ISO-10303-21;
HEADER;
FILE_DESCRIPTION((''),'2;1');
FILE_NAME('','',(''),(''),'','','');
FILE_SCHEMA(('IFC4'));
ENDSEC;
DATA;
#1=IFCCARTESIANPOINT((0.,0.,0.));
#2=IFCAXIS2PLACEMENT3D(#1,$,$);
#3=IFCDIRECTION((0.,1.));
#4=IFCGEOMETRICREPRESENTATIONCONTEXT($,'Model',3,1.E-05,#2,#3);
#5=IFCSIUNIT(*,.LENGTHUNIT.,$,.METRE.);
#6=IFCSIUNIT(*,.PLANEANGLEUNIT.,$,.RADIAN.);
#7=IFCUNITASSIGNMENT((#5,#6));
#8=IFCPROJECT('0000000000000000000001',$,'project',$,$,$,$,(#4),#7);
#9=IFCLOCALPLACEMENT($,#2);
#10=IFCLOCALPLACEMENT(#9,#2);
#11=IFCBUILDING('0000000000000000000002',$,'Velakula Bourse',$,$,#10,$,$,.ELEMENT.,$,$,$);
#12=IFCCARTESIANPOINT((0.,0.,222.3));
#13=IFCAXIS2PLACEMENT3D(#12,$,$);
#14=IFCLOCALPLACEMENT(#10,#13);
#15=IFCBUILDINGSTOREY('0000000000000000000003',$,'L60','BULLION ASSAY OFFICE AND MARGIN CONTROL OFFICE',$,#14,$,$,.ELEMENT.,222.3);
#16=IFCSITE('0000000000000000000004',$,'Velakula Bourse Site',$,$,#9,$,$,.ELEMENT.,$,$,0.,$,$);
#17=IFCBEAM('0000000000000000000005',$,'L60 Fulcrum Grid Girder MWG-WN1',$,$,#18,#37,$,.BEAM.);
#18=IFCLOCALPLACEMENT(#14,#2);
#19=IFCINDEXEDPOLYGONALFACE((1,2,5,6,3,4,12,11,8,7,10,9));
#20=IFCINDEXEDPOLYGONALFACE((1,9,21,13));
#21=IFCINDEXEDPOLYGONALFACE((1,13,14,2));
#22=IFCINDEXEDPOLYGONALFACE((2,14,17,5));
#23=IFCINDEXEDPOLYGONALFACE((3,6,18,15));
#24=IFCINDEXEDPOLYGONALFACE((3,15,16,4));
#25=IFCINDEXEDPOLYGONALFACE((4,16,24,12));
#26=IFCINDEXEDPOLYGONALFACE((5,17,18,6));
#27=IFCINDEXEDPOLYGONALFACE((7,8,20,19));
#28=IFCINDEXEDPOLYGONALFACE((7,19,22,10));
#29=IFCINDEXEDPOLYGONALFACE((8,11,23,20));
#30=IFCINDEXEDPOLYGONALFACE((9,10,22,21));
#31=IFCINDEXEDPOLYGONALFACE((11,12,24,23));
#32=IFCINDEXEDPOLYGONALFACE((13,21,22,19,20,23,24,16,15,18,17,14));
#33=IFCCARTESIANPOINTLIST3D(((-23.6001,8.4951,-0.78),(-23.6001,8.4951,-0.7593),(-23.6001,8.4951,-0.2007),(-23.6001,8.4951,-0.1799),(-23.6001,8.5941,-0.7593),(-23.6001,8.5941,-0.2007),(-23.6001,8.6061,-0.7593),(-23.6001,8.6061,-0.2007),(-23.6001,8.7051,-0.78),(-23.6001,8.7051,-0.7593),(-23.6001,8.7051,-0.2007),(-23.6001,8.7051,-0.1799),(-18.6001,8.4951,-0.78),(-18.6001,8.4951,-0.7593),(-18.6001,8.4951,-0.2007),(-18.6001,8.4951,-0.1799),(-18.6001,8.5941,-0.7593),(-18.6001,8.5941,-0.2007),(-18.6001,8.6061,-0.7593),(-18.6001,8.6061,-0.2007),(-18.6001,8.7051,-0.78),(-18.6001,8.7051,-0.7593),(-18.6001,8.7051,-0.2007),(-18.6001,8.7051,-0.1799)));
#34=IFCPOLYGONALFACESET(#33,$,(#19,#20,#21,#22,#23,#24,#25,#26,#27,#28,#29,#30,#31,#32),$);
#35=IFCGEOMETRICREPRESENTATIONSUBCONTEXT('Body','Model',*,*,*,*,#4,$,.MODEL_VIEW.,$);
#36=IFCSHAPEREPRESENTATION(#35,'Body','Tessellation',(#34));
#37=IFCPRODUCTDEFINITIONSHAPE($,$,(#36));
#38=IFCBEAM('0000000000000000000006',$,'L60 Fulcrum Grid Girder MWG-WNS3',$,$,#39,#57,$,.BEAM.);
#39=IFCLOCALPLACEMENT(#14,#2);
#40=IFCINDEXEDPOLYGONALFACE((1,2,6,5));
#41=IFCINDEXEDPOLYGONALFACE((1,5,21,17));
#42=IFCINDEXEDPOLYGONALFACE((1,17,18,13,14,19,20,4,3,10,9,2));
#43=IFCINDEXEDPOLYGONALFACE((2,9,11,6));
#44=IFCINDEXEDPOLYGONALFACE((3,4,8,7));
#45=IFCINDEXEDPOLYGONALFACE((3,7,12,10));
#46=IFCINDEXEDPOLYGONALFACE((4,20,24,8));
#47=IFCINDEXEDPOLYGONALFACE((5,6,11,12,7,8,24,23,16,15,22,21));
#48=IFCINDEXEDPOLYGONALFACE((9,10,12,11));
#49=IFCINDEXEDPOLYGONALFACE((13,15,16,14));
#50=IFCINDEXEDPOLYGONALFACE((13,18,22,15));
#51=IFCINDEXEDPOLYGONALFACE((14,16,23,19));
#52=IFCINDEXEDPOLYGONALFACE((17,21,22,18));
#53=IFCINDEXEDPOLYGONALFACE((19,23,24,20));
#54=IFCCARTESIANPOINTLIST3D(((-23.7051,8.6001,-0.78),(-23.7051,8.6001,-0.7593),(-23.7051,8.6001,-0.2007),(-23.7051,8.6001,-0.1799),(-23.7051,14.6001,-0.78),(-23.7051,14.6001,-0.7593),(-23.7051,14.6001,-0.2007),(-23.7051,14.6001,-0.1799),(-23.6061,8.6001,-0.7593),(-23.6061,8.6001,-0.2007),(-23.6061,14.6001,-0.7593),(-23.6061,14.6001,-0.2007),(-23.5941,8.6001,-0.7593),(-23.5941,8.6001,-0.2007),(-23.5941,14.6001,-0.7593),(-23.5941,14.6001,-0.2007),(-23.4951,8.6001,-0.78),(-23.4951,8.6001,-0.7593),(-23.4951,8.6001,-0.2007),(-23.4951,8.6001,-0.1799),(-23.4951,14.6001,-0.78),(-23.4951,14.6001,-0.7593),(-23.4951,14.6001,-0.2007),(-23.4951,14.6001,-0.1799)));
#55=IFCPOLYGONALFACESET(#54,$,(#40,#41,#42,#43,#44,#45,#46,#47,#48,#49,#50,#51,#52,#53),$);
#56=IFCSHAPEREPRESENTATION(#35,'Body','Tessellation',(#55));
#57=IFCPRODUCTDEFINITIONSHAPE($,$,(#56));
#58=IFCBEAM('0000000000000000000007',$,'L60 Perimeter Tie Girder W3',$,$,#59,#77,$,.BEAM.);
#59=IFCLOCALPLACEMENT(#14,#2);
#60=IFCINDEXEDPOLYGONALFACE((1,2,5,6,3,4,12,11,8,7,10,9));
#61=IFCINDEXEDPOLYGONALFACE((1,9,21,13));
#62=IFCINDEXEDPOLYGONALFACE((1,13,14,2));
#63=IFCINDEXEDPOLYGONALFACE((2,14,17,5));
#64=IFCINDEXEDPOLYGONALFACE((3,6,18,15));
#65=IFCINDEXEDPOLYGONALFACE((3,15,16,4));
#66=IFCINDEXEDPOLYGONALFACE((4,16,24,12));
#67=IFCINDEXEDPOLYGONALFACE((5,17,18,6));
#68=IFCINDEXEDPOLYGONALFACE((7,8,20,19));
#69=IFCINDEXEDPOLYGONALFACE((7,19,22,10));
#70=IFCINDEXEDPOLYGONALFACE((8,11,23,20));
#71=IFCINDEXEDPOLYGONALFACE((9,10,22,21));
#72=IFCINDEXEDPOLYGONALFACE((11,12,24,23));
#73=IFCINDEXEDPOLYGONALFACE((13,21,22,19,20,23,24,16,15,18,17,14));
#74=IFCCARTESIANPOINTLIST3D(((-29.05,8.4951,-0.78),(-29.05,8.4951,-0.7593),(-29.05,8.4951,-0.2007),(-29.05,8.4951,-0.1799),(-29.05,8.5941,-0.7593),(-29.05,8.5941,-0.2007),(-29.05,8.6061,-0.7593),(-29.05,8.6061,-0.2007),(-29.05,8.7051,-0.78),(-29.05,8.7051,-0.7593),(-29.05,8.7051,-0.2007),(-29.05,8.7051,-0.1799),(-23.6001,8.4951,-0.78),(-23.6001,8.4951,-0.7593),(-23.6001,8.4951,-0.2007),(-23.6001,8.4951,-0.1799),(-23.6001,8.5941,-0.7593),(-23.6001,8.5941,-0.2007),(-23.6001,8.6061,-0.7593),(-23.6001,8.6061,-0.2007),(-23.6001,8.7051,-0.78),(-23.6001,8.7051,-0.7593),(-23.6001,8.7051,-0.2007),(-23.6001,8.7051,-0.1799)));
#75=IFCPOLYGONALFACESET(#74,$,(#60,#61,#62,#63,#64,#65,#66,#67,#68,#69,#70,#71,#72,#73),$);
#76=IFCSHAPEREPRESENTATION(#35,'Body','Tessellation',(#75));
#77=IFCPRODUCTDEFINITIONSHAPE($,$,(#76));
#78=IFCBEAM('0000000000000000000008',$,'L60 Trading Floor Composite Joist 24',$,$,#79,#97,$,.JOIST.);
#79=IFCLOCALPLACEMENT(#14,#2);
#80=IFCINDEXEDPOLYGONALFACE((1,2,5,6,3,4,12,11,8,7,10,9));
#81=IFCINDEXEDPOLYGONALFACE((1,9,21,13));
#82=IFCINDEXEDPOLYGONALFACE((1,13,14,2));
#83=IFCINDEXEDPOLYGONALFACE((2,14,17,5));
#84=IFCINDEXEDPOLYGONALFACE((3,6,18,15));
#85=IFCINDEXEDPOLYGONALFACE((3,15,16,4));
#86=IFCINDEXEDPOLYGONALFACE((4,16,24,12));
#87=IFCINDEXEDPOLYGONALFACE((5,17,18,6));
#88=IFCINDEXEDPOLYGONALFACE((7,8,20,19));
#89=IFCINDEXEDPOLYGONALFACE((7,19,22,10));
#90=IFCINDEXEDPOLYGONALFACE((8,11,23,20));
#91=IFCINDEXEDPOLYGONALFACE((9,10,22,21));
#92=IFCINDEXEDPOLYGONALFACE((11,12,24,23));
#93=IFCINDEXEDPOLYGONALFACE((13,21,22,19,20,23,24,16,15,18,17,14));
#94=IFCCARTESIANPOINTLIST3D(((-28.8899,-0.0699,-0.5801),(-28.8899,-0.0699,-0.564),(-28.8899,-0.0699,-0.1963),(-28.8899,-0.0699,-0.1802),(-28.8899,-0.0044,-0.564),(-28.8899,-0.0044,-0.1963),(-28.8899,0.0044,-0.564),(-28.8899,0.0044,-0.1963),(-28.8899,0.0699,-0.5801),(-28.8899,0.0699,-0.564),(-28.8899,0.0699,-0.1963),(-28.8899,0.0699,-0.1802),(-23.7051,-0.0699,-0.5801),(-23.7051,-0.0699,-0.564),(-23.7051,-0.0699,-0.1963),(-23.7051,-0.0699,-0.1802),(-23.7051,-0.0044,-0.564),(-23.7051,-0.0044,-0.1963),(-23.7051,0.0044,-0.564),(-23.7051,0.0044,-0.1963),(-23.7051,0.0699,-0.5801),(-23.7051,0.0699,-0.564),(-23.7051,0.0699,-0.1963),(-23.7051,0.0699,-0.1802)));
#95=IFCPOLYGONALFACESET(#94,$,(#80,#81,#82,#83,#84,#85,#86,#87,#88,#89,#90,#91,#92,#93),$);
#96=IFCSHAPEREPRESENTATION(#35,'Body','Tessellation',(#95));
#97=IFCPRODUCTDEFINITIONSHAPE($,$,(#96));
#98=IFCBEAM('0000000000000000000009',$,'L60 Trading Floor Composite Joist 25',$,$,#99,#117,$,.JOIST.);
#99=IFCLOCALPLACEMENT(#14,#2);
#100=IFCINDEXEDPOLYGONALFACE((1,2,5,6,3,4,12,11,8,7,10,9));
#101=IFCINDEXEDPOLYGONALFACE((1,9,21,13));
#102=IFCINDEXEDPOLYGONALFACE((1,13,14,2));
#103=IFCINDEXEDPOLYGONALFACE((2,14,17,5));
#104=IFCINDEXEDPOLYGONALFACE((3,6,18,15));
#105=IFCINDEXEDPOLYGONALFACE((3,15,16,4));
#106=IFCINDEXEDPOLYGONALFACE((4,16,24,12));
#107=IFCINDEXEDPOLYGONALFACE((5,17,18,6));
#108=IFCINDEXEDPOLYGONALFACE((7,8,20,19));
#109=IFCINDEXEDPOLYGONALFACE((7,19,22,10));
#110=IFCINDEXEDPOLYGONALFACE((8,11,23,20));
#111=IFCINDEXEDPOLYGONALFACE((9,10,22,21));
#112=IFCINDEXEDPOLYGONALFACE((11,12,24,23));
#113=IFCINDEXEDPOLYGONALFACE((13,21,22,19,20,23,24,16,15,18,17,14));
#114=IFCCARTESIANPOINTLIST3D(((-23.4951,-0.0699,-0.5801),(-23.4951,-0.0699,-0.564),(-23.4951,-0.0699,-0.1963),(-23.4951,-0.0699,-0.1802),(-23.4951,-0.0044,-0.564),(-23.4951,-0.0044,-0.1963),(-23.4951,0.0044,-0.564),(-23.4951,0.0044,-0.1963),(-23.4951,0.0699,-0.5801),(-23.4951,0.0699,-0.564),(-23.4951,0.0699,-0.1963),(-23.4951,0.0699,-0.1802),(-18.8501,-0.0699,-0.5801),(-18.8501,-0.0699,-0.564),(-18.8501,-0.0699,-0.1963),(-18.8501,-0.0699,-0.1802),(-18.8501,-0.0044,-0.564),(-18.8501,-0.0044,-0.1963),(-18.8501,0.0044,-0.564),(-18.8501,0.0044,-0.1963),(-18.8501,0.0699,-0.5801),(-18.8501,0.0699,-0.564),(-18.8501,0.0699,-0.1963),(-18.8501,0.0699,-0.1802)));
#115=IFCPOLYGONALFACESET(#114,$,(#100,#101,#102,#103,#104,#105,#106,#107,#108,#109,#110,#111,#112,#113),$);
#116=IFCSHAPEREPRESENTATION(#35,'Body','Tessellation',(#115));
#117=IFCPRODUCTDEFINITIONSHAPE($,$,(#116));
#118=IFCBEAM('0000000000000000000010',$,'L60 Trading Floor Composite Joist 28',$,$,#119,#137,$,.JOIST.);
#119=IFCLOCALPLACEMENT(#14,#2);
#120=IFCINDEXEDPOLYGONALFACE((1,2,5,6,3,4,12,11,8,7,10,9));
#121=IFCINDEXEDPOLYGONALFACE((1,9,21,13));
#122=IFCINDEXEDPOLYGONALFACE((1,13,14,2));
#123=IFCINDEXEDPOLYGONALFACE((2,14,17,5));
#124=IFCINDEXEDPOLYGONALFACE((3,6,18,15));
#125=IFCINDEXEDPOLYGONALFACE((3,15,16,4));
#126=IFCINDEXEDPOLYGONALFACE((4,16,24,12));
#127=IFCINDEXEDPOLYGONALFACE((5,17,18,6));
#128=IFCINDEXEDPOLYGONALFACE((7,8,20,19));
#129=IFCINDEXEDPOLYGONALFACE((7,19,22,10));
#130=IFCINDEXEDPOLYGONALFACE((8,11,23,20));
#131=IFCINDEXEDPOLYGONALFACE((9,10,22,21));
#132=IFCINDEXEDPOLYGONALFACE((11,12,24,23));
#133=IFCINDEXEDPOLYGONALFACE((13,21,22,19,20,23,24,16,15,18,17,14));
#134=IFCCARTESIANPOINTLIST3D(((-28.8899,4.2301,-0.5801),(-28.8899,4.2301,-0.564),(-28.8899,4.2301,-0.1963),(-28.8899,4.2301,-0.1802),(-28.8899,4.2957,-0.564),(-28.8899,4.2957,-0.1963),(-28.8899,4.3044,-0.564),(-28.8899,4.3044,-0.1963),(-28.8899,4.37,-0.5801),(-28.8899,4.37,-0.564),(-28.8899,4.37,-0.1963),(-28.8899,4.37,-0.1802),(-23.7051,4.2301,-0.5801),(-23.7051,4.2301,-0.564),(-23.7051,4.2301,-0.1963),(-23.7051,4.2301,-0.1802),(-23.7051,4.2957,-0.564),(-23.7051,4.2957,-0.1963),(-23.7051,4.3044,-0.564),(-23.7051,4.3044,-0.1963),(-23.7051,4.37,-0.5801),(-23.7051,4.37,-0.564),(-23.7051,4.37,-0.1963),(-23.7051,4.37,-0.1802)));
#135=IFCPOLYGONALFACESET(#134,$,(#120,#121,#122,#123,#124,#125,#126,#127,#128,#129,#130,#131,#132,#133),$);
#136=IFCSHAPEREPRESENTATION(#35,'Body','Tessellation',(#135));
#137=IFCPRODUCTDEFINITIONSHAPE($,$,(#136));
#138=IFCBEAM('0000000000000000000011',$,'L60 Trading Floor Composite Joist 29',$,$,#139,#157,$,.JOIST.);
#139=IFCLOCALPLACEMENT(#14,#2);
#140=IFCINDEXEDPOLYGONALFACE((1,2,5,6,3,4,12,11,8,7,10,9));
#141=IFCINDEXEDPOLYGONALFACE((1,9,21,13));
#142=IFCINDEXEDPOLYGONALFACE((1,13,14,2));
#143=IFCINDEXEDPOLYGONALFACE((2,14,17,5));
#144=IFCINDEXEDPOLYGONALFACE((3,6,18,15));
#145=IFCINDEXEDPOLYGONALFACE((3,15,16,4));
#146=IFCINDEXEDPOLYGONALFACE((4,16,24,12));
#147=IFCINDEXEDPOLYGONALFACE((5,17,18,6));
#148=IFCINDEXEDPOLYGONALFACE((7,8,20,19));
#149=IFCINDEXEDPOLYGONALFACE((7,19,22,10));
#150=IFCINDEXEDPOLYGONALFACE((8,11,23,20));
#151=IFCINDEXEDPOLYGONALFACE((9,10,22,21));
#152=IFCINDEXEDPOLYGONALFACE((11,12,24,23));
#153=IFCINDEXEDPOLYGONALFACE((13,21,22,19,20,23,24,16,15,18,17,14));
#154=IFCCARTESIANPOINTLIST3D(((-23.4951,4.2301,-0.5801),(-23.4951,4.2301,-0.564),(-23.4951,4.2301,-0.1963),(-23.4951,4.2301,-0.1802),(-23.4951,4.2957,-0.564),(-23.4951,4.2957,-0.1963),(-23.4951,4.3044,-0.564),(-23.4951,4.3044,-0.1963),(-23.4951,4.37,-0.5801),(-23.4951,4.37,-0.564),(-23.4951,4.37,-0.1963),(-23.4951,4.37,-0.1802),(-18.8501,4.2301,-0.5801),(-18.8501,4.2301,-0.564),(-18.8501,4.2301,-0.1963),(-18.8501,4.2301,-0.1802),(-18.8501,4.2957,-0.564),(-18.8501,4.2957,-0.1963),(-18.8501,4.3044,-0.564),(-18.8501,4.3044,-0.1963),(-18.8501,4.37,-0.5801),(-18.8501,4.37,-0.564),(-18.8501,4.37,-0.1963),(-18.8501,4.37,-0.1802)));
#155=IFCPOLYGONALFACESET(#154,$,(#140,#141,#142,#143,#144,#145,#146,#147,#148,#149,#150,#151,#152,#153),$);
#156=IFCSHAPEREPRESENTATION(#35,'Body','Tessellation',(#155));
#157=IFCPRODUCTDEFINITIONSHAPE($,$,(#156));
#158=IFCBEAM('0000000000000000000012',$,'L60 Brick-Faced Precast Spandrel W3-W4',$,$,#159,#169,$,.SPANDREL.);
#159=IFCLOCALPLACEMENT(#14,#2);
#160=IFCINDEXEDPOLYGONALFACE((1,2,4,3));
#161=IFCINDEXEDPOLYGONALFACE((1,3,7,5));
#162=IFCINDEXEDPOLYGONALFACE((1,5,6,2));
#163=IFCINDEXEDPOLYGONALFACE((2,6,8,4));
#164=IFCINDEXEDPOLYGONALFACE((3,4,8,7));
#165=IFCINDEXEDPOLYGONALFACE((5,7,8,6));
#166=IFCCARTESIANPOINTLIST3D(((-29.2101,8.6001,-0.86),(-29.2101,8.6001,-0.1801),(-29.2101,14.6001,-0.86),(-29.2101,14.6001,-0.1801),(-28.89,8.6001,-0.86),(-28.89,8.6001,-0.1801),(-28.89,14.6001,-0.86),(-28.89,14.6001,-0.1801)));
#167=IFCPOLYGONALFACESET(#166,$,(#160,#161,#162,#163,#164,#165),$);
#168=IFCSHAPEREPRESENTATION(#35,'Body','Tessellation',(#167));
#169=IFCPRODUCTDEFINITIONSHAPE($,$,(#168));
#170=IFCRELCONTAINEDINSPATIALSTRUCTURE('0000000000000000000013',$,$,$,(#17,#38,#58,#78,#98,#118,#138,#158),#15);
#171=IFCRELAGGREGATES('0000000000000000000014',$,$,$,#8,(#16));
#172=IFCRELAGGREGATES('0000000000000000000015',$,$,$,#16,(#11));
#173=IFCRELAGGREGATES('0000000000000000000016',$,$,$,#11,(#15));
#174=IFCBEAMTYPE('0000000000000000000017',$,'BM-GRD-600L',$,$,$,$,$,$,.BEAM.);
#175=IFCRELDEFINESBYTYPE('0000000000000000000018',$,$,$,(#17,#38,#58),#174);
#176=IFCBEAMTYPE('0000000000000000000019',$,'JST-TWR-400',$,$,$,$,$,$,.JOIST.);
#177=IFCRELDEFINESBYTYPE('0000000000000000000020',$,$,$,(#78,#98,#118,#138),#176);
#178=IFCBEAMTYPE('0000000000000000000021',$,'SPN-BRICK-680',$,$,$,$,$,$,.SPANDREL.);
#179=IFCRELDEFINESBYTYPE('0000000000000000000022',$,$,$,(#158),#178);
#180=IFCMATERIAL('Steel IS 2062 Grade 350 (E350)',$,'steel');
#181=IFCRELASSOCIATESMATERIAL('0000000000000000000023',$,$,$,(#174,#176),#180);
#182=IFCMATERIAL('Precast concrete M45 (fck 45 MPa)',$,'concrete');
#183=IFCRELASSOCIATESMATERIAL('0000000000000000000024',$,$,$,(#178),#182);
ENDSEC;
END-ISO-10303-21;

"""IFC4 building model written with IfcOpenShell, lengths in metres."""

from ifc_helpers import new_model, si_unit, direction, frame, origin, origin_2d, place, context, subcontext, project, spatial, rectangle, i_section, extrude, material, material_profile, profile_set, type_object, element, save


model = new_model("IFC4")

# Units and contexts
model_context = context("Model", 3, precision=1e-05, world=origin(), true_north=direction((0.0, 1.0)))
body_context = subcontext(model_context, "Body", "Model", "MODEL_VIEW")
ifc_project = project(units=[si_unit("LENGTHUNIT", "METRE"), si_unit("PLANEANGLEUNIT", "RADIAN")], contexts=[model_context])

# Site, building, storey
site_placement = place(None, origin())
site = spatial("IfcSite", under=ifc_project, at=site_placement, Name="Velakula Bourse Site", CompositionType="ELEMENT", RefElevation=0.0)
building_placement = place(site_placement, origin())
building = spatial("IfcBuilding", under=site, at=building_placement, Name="Velakula Bourse", CompositionType="ELEMENT")
storey_placement = place(building_placement, frame((0.0, 0.0, 222.3)))
storey = spatial("IfcBuildingStorey", under=building, at=storey_placement, Name="L60", Description="BULLION ASSAY OFFICE AND MARGIN CONTROL OFFICE", CompositionType="ELEMENT", Elevation=222.3)

# Shared definitions
ifc_material_1 = material(Name="Steel IS 2062 Grade 350 (E350)", Category="steel")

# Beams
ifc_material_profile_1 = material_profile(ifc_material_1, i_section(OverallWidth=0.21, OverallDepth=0.6001, WebThickness=0.012, FlangeThickness=0.0208, at=origin_2d()), Name="Steel IS 2062 Grade 350 (E350)")
ifc_profile_set_1 = profile_set([ifc_material_profile_1], Name="Steel IS 2062 Grade 350 (E350)")
beam_type_1 = type_object("IfcBeamType", Name="BM-GRD-600L", PredefinedType="BEAM", material=ifc_profile_set_1)
beam_1_placement = place(storey_placement, frame((-23.6001, 8.6001, -0.48), z_axis=(1.0, 0.0, 0.0), x_axis=(0.0, 1.0, 0.0)))
element("IfcBeam", 1, at=beam_1_placement, inside=storey, type_object=beam_type_1, Name="L60 Fulcrum Grid Girder MWG-WN1", PredefinedType="BEAM", context=body_context, shape_type="SweptSolid", body=[
    extrude(i_section(OverallWidth=0.21, OverallDepth=0.6001, WebThickness=0.012, FlangeThickness=0.0208, at=origin_2d()), origin(), (0.0, 0.0, 1.0), 5.0),
])
beam_2_placement = place(storey_placement, frame((-23.6001, 8.6001, -0.48), z_axis=(0.0, 1.0, 0.0), x_axis=(-1.0, 0.0, 0.0)))
element("IfcBeam", 2, at=beam_2_placement, inside=storey, type_object=beam_type_1, Name="L60 Fulcrum Grid Girder MWG-WNS3", PredefinedType="BEAM", context=body_context, shape_type="SweptSolid", body=[
    extrude(i_section(OverallWidth=0.21, OverallDepth=0.6001, WebThickness=0.012, FlangeThickness=0.0208, at=origin_2d()), origin(), (0.0, 0.0, 1.0), 6.0),
])
beam_3_placement = place(storey_placement, frame((-23.6001, 8.6001, -0.48), z_axis=(-1.0, 0.0, 0.0), x_axis=(0.0, -1.0, 0.0)))
element("IfcBeam", 3, at=beam_3_placement, inside=storey, type_object=beam_type_1, Name="L60 Perimeter Tie Girder W3", PredefinedType="BEAM", context=body_context, shape_type="SweptSolid", body=[
    extrude(i_section(OverallWidth=0.21, OverallDepth=0.6001, WebThickness=0.012, FlangeThickness=0.0208, at=origin_2d()), origin(), (0.0, 0.0, 1.0), 5.45),
])
ifc_material_profile_2 = material_profile(ifc_material_1, i_section(OverallWidth=0.1399, OverallDepth=0.3999, WebThickness=0.0088, FlangeThickness=0.0161, at=origin_2d()), Name="Steel IS 2062 Grade 350 (E350)")
ifc_profile_set_2 = profile_set([ifc_material_profile_2], Name="Steel IS 2062 Grade 350 (E350)")
beam_type_2 = type_object("IfcBeamType", Name="JST-TWR-400", PredefinedType="JOIST", material=ifc_profile_set_2)
beam_4_placement = place(storey_placement, frame((-28.8899, 0.0, -0.3801), z_axis=(1.0, 0.0, 0.0), x_axis=(0.0, 1.0, 0.0)))
element("IfcBeam", 4, at=beam_4_placement, inside=storey, type_object=beam_type_2, Name="L60 Trading Floor Composite Joist 24", PredefinedType="JOIST", context=body_context, shape_type="SweptSolid", body=[
    extrude(i_section(OverallWidth=0.1399, OverallDepth=0.3999, WebThickness=0.0088, FlangeThickness=0.0161, at=origin_2d()), origin(), (0.0, 0.0, 1.0), 5.1848),
])
beam_5_placement = place(storey_placement, frame((-23.4951, 0.0, -0.3801), z_axis=(1.0, 0.0, 0.0), x_axis=(0.0, 1.0, 0.0)))
element("IfcBeam", 5, at=beam_5_placement, inside=storey, type_object=beam_type_2, Name="L60 Trading Floor Composite Joist 25", PredefinedType="JOIST", context=body_context, shape_type="SweptSolid", body=[
    extrude(i_section(OverallWidth=0.1399, OverallDepth=0.3999, WebThickness=0.0088, FlangeThickness=0.0161, at=origin_2d()), origin(), (0.0, 0.0, 1.0), 4.645),
])
beam_6_placement = place(storey_placement, frame((-28.8899, 4.3, -0.3801), z_axis=(1.0, 0.0, 0.0), x_axis=(0.0, 1.0, 0.0)))
element("IfcBeam", 6, at=beam_6_placement, inside=storey, type_object=beam_type_2, Name="L60 Trading Floor Composite Joist 28", PredefinedType="JOIST", context=body_context, shape_type="SweptSolid", body=[
    extrude(i_section(OverallWidth=0.1399, OverallDepth=0.3999, WebThickness=0.0088, FlangeThickness=0.0161, at=origin_2d()), origin(), (0.0, 0.0, 1.0), 5.1848),
])
beam_7_placement = place(storey_placement, frame((-23.4951, 4.3, -0.3801), z_axis=(1.0, 0.0, 0.0), x_axis=(0.0, 1.0, 0.0)))
element("IfcBeam", 7, at=beam_7_placement, inside=storey, type_object=beam_type_2, Name="L60 Trading Floor Composite Joist 29", PredefinedType="JOIST", context=body_context, shape_type="SweptSolid", body=[
    extrude(i_section(OverallWidth=0.1399, OverallDepth=0.3999, WebThickness=0.0088, FlangeThickness=0.0161, at=origin_2d()), origin(), (0.0, 0.0, 1.0), 4.645),
])
ifc_material_2 = material(Name="Precast concrete M45 (fck 45 MPa)", Category="concrete")
ifc_material_profile_3 = material_profile(ifc_material_2, rectangle(XDim=0.3201, YDim=0.6799, at=origin_2d()), Name="Precast concrete M45 (fck 45 MPa)")
ifc_profile_set_3 = profile_set([ifc_material_profile_3], Name="Precast concrete M45 (fck 45 MPa)")
beam_type_3 = type_object("IfcBeamType", Name="SPN-BRICK-680", PredefinedType="SPANDREL", material=ifc_profile_set_3)
beam_8_placement = place(storey_placement, frame((-29.05, 8.6001, -0.52), z_axis=(0.0, 1.0, 0.0), x_axis=(-1.0, 0.0, 0.0)))
element("IfcBeam", 8, at=beam_8_placement, inside=storey, type_object=beam_type_3, Name="L60 Brick-Faced Precast Spandrel W3-W4", PredefinedType="SPANDREL", context=body_context, shape_type="SweptSolid", body=[
    extrude(rectangle(XDim=0.3201, YDim=0.6799, at=origin_2d()), origin(), (0.0, 0.0, 1.0), 6.0),
])

save(model, "model.ifc")
